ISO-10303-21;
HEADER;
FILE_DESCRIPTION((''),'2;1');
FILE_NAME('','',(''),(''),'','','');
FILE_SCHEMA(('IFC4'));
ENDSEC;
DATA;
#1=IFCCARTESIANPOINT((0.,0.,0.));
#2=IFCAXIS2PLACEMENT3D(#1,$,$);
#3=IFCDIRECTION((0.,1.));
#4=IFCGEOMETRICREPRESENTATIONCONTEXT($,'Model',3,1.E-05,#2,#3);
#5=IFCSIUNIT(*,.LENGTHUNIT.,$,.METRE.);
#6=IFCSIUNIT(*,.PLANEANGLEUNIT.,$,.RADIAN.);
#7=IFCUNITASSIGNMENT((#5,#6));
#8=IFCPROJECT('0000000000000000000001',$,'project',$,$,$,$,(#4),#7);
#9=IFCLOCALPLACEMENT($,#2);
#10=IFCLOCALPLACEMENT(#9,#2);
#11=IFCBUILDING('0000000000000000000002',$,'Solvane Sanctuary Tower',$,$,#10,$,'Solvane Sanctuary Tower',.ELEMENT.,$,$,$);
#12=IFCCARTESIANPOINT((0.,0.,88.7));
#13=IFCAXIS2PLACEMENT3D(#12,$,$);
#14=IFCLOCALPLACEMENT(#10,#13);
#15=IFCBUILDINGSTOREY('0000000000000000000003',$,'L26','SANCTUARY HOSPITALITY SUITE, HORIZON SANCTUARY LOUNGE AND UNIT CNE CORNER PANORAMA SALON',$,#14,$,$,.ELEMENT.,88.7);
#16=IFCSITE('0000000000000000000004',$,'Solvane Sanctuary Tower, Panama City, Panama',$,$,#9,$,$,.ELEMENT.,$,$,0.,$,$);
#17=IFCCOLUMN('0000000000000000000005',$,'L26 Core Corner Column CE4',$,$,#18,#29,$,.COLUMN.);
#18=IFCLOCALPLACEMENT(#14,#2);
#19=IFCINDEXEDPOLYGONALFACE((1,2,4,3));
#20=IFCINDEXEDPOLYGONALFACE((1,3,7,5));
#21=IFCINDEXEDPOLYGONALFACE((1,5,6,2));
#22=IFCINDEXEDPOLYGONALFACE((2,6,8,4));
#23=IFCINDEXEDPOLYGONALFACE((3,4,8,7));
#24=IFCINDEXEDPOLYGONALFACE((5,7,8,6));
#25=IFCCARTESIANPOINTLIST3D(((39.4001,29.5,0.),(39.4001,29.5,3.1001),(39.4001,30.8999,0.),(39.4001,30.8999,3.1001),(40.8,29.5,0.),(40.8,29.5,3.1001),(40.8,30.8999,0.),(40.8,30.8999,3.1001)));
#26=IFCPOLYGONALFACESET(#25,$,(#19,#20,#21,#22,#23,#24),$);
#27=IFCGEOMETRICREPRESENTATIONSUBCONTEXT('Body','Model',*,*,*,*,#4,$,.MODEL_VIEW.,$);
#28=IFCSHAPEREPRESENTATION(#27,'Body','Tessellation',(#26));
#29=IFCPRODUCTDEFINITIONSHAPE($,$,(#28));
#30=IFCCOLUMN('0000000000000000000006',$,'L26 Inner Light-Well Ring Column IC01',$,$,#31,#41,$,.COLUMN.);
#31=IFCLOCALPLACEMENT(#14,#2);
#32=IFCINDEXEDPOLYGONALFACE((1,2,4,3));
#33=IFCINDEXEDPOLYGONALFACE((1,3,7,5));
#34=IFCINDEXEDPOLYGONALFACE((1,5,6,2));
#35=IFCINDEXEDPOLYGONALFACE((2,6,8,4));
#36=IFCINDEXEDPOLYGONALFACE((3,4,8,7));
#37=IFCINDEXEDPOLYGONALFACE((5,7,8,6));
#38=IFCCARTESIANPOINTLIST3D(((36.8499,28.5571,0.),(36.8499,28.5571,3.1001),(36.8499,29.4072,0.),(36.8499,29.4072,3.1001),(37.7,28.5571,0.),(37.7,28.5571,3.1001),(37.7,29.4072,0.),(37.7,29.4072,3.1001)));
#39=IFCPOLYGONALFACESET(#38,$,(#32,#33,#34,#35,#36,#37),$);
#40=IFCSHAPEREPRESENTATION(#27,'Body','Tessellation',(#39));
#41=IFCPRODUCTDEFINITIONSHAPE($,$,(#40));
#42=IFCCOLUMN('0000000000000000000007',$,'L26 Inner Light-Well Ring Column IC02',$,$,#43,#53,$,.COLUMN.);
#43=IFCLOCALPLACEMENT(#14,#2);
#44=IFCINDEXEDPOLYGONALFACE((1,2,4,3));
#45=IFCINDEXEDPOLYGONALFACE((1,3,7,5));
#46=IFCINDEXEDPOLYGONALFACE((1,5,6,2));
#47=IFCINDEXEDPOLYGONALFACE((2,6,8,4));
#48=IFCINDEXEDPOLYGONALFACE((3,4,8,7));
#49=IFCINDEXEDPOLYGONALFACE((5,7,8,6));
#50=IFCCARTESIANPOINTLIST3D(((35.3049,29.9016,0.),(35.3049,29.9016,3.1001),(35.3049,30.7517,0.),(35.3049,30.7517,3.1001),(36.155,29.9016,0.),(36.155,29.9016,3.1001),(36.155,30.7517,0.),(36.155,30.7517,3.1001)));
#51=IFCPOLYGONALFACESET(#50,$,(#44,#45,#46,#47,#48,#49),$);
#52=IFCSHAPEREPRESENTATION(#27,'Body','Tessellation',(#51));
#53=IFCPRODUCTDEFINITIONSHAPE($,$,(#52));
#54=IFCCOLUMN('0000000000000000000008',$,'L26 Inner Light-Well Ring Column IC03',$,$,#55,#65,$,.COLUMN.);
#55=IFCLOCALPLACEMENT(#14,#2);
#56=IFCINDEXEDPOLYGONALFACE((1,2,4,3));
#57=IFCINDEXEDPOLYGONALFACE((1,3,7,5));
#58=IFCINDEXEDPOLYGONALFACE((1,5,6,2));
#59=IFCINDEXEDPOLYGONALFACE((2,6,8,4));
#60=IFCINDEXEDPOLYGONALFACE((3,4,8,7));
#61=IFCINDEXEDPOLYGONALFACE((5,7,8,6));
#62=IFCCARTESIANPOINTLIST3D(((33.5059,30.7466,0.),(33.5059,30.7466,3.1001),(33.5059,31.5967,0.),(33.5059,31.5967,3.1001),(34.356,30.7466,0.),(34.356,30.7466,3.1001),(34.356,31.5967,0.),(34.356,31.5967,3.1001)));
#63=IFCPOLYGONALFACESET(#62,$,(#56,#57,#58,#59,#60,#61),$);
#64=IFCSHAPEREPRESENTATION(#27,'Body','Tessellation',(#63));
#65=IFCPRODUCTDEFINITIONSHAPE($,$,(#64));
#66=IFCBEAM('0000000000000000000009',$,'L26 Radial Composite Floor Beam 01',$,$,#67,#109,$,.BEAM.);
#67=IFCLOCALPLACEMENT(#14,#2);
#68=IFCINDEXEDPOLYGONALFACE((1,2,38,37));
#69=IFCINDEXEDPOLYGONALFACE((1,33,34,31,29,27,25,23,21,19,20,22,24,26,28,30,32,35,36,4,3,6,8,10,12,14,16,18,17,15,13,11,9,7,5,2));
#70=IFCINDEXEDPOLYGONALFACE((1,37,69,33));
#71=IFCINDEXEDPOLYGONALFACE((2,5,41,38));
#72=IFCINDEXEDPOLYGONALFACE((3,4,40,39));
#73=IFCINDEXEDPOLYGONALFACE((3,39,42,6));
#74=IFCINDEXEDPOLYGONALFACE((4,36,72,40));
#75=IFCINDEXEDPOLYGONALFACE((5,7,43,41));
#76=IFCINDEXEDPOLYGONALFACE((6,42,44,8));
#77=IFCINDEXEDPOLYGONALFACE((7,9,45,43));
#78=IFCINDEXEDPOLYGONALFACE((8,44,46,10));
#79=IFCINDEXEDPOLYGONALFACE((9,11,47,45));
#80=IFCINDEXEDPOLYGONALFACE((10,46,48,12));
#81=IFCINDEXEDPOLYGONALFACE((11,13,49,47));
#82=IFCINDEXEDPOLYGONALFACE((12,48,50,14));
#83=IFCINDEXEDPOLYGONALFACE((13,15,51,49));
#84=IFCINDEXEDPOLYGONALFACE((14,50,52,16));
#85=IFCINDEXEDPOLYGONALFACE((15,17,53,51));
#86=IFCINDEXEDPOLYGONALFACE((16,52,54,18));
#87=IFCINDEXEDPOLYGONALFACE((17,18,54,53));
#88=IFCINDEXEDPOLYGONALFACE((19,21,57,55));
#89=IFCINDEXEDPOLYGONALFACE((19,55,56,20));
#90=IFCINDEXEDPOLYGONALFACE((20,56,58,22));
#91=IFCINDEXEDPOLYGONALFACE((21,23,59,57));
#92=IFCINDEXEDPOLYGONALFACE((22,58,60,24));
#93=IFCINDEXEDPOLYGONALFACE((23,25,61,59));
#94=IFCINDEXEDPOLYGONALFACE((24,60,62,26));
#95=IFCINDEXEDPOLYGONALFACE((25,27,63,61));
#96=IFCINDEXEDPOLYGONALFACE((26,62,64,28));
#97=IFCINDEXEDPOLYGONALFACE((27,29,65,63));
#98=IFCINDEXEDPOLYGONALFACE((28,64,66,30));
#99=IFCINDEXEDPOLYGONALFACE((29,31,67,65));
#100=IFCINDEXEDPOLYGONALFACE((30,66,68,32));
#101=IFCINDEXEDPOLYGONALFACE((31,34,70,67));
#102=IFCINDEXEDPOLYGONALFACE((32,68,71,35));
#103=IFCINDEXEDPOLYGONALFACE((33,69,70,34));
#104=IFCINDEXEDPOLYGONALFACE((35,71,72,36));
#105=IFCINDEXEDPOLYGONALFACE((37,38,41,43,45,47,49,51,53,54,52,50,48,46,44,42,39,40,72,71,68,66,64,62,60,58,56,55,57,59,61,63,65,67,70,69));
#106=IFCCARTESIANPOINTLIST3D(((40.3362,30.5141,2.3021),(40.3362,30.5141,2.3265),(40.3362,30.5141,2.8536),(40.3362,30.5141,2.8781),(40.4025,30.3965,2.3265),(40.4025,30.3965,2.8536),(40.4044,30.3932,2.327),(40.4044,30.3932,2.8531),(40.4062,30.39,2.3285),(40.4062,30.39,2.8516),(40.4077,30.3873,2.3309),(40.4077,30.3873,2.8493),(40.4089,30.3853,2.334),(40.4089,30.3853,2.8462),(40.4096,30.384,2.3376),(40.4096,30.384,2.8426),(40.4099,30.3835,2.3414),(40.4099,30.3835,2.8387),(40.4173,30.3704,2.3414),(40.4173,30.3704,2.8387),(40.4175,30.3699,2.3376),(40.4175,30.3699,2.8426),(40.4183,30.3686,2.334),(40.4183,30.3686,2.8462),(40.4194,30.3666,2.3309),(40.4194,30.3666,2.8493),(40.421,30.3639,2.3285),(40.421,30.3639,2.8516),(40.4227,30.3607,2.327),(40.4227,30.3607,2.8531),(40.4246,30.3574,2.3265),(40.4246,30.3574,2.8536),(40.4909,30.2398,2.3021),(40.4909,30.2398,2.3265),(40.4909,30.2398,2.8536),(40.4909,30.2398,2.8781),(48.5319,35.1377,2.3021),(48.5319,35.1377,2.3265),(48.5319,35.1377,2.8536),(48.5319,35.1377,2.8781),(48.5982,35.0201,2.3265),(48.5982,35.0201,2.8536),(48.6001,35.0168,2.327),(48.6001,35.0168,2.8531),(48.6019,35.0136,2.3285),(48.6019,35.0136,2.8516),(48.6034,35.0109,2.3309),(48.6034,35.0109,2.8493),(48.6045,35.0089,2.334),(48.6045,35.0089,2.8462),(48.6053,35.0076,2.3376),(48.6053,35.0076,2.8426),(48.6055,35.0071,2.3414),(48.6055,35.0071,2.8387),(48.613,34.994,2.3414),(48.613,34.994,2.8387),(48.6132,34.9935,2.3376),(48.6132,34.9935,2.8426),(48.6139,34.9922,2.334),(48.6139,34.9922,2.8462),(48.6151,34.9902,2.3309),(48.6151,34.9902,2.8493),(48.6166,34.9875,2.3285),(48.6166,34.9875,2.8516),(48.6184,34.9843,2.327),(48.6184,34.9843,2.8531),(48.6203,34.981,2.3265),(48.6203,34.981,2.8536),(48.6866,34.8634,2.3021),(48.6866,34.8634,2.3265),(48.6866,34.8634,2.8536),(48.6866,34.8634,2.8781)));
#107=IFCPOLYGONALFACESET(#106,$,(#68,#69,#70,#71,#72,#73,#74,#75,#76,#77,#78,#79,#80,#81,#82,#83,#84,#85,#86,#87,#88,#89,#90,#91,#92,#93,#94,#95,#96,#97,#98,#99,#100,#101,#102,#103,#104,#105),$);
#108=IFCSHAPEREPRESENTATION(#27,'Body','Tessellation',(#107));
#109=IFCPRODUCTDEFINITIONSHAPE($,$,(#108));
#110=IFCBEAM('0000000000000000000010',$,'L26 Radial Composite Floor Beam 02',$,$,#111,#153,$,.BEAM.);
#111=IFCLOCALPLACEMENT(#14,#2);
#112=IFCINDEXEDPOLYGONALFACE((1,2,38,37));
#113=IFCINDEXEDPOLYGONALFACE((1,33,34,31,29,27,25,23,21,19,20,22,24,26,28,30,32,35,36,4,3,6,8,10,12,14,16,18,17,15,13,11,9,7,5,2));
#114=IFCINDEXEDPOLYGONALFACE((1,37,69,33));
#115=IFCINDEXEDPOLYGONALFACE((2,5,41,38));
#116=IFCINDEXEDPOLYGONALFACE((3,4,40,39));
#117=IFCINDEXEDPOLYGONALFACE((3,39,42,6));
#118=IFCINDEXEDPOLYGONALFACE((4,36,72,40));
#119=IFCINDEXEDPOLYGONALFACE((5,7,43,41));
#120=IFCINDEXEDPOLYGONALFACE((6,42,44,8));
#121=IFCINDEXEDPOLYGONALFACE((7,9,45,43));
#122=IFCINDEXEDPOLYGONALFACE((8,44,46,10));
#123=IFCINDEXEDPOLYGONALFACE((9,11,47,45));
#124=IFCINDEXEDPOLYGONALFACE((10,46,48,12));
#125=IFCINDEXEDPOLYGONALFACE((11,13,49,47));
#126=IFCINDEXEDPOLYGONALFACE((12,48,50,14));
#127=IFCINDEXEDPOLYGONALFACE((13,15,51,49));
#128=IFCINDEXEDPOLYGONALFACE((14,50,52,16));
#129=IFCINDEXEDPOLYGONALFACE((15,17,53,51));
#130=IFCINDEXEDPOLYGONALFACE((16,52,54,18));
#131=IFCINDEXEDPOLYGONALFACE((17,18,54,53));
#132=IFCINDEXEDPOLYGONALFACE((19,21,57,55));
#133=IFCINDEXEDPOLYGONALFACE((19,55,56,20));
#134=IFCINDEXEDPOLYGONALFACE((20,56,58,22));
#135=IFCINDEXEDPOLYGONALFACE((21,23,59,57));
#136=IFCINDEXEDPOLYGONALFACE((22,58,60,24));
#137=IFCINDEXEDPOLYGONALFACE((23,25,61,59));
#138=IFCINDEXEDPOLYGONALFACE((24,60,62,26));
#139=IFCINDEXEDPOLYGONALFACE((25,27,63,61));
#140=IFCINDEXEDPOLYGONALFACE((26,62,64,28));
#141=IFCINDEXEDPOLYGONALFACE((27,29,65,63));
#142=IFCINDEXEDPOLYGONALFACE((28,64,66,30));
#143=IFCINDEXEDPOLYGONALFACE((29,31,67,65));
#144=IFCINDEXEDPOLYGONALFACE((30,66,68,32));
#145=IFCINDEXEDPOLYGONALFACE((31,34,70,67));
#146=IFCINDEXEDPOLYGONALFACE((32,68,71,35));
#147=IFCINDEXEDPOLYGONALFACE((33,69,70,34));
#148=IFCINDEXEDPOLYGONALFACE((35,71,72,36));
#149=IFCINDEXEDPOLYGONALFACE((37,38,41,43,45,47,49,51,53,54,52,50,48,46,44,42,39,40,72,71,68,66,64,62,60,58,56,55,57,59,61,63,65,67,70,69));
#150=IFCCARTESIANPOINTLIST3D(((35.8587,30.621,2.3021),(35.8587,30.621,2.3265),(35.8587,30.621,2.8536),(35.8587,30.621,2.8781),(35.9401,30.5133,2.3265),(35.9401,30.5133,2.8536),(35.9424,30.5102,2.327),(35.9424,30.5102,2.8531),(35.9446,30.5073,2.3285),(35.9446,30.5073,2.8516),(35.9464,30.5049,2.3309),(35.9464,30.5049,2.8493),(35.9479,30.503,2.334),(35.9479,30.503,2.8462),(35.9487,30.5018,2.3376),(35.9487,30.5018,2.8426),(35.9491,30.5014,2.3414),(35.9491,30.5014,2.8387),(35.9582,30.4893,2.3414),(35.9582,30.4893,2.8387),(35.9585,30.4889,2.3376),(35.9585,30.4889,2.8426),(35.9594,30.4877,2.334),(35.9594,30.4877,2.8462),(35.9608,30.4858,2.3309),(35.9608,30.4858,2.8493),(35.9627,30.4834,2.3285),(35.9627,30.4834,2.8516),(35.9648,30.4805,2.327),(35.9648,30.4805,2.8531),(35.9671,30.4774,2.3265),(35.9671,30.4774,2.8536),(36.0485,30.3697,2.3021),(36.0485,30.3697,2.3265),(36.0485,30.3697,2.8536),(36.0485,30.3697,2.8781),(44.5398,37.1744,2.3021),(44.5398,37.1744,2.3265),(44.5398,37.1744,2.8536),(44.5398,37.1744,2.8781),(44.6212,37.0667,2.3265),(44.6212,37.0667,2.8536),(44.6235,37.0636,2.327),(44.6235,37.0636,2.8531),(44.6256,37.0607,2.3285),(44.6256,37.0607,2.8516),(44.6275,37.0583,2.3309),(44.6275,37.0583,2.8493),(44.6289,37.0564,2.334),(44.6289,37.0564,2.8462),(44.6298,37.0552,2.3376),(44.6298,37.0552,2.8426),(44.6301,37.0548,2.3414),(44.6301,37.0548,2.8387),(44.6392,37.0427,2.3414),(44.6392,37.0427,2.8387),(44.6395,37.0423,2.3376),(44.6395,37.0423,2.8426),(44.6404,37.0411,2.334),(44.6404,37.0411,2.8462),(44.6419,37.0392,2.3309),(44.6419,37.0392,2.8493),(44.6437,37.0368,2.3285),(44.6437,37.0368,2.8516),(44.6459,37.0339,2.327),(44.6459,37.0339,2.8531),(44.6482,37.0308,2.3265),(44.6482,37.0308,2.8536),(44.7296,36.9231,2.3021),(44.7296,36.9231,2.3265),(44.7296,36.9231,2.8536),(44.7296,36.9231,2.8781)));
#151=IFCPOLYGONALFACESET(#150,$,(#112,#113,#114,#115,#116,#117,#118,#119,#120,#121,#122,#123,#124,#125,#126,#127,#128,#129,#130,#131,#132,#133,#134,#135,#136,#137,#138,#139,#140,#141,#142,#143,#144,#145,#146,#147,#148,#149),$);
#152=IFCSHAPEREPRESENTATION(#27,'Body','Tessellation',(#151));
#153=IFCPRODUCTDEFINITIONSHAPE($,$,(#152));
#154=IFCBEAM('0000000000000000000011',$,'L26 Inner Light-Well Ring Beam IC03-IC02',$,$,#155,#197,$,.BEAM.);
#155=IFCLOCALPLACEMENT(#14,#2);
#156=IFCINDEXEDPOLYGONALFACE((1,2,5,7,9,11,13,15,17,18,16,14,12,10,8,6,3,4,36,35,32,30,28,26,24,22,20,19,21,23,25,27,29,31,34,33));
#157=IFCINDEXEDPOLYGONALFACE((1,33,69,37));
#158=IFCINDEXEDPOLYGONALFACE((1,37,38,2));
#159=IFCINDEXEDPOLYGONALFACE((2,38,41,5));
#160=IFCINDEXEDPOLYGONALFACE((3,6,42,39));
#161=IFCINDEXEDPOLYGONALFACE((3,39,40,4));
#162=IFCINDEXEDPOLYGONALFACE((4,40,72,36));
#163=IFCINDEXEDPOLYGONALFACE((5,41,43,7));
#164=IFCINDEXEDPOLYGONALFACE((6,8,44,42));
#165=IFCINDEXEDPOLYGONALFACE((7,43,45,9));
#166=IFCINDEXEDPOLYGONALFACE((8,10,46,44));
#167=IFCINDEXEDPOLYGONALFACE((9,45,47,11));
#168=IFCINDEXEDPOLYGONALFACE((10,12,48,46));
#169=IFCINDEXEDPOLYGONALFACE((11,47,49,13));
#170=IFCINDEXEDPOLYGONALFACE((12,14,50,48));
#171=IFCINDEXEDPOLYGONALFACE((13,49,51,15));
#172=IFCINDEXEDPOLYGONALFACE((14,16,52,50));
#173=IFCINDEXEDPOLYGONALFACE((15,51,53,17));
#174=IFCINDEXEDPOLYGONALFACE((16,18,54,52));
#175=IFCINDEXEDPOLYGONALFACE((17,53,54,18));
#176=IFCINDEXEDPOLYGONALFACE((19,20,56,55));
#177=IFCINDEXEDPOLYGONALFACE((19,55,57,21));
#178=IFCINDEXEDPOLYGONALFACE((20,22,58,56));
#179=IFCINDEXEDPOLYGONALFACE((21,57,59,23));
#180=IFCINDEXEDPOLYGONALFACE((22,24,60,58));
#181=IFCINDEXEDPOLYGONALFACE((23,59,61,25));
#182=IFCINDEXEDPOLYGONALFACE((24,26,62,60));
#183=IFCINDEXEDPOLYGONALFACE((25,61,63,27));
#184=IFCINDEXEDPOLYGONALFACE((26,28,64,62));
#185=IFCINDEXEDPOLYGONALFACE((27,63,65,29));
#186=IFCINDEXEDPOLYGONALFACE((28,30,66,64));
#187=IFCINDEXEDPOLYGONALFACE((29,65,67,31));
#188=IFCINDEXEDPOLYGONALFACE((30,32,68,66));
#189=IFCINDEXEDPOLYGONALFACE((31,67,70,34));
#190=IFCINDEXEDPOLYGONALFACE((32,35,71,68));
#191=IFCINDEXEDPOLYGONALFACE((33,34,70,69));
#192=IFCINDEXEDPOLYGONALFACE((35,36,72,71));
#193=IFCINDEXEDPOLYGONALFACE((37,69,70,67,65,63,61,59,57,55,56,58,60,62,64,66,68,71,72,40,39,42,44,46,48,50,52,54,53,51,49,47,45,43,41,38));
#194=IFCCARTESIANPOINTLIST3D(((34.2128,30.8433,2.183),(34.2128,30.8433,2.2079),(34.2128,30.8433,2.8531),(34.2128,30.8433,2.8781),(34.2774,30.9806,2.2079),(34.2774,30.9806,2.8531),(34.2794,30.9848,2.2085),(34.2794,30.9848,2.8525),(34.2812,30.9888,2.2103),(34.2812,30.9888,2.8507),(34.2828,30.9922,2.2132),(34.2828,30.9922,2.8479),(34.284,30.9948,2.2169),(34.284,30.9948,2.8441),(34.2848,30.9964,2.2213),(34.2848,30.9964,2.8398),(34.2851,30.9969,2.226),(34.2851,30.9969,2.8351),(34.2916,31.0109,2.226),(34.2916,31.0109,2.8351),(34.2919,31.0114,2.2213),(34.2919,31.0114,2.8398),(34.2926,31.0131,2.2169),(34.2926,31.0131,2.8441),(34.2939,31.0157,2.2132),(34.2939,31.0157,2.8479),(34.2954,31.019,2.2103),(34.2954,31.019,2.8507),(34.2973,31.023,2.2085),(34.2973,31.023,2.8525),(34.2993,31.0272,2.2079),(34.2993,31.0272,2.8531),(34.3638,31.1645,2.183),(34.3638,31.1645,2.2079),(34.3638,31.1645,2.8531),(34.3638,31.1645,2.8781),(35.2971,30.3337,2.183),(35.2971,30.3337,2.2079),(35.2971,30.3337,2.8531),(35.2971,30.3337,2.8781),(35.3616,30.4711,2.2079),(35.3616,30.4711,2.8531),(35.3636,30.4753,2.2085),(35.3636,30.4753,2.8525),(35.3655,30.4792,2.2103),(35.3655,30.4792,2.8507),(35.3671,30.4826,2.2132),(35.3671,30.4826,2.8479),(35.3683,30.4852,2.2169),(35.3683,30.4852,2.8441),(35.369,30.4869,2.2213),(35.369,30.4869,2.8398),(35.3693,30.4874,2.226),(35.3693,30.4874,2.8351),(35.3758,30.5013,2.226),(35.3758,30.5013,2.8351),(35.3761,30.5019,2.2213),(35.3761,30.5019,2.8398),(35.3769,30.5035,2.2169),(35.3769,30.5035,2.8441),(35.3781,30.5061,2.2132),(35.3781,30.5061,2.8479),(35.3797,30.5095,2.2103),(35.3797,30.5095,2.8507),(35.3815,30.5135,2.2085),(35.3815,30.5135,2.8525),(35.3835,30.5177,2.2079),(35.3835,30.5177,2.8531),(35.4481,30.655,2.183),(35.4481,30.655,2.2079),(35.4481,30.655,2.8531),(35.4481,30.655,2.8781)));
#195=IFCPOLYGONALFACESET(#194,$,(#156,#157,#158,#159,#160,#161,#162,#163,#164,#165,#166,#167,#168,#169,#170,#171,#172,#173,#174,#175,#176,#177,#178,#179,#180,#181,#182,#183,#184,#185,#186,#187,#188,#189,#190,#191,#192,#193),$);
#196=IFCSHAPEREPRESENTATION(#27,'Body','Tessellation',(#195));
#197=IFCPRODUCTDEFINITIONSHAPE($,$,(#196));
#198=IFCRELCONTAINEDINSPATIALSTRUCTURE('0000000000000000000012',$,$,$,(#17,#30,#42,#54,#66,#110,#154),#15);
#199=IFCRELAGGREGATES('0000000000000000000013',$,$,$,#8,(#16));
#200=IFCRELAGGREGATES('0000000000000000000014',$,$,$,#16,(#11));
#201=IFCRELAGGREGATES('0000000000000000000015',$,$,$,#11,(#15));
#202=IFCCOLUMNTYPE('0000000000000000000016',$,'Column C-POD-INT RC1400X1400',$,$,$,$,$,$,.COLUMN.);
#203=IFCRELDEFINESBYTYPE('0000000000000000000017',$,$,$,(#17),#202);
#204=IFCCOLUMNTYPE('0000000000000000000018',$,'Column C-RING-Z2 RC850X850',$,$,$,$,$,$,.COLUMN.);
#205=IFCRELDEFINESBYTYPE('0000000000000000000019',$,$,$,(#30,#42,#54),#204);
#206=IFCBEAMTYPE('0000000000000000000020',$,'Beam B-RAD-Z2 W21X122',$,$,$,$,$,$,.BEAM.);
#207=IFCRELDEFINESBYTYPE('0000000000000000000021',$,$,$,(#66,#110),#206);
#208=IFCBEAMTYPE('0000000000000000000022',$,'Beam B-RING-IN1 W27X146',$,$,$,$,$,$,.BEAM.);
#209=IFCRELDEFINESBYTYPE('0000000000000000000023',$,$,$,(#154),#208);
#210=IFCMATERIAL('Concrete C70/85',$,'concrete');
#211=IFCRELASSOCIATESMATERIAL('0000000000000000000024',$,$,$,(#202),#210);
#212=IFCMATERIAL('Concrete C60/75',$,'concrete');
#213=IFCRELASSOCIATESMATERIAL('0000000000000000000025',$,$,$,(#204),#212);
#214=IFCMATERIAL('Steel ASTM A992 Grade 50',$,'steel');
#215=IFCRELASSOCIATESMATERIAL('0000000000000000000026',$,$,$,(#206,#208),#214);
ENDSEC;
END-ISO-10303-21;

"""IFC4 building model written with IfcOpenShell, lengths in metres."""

from ifc_helpers import new_model, si_unit, direction, frame, origin, origin_2d, place, context, subcontext, project, spatial, rectangle, i_section, extrude, material, material_profile, profile_set, type_object, element, save


model = new_model("IFC4")

# Units and contexts
model_context = context("Model", 3, precision=1e-05, world=origin(), true_north=direction((0.0, 1.0)))
body_context = subcontext(model_context, "Body", "Model", "MODEL_VIEW")
ifc_project = project(units=[si_unit("LENGTHUNIT", "METRE"), si_unit("PLANEANGLEUNIT", "RADIAN")], contexts=[model_context])

# Site, building, storey
site_placement = place(None, origin())
site = spatial("IfcSite", under=ifc_project, at=site_placement, Name="Solvane Sanctuary Tower, Panama City, Panama", CompositionType="ELEMENT", RefElevation=0.0)
building_placement = place(site_placement, origin())
building = spatial("IfcBuilding", under=site, at=building_placement, Name="Solvane Sanctuary Tower", LongName="Solvane Sanctuary Tower", CompositionType="ELEMENT")
storey_placement = place(building_placement, frame((0.0, 0.0, 88.7)))
storey = spatial("IfcBuildingStorey", under=building, at=storey_placement, Name="L26", Description="SANCTUARY HOSPITALITY SUITE, HORIZON SANCTUARY LOUNGE AND UNIT CNE CORNER PANORAMA SALON", CompositionType="ELEMENT", Elevation=88.7)

# Columns
ifc_material_1 = material(Name="Concrete C70/85", Category="concrete")
ifc_material_profile_1 = material_profile(ifc_material_1, rectangle(XDim=1.3999, YDim=1.3999, at=origin_2d()), Name="RC1400X1400")
ifc_profile_set_1 = profile_set([ifc_material_profile_1], Name="Concrete C70/85")
column_type_1 = type_object("IfcColumnType", Name="Column C-POD-INT RC1400X1400", PredefinedType="COLUMN", material=ifc_profile_set_1)
column_placement = place(storey_placement, frame((40.1001, 30.2, 0.0), z_axis=(0.0, 0.0, 1.0), x_axis=(1.0, 0.0, 0.0)))
element("IfcColumn", 1, at=column_placement, inside=storey, type_object=column_type_1, Name="L26 Core Corner Column CE4", PredefinedType="COLUMN", context=body_context, shape_type="SweptSolid", body=[
    extrude(rectangle(XDim=1.3999, YDim=1.3999, at=origin_2d()), origin(), (0.0, 0.0, 1.0), 3.1001),
])
ifc_material_2 = material(Name="Concrete C60/75", Category="concrete")
ifc_material_profile_2 = material_profile(ifc_material_2, rectangle(XDim=0.8501, YDim=0.8501, at=origin_2d()), Name="RC850X850")
ifc_profile_set_2 = profile_set([ifc_material_profile_2], Name="Concrete C60/75")
column_type_2 = type_object("IfcColumnType", Name="Column C-RING-Z2 RC850X850", PredefinedType="COLUMN", material=ifc_profile_set_2)
for number, where, z_axis, x_axis, name in (
    (2, (37.2749, 28.9822, 0.0), (0.0, 0.0, 1.0), (1.0, 0.0, 0.0), "L26 Inner Light-Well Ring Column IC01"),
    (3, (35.73, 30.3267, 0.0), (0.0, 0.0, 1.0), (1.0, 0.0, 0.0), "L26 Inner Light-Well Ring Column IC02"),
    (4, (33.9309, 31.1716, 0.0), (0.0, 0.0, 1.0), (1.0, 0.0, 0.0), "L26 Inner Light-Well Ring Column IC03"),
):
    element("IfcColumn", number, at=place(storey_placement, frame(where, z_axis=z_axis, x_axis=x_axis)), inside=storey, type_object=column_type_2, Name=name, PredefinedType="COLUMN", context=body_context, shape_type="SweptSolid", body=[
        extrude(rectangle(XDim=0.8501, YDim=0.8501, at=origin_2d()), origin(), (0.0, 0.0, 1.0), 3.1001),
    ])

# Beams
ifc_material_3 = material(Name="Steel ASTM A992 Grade 50", Category="steel")
ifc_material_profile_3 = material_profile(ifc_material_3, i_section(OverallWidth=0.3149, OverallDepth=0.5759, WebThickness=0.0151, FlangeThickness=0.0244, FilletRadius=0.0149, at=origin_2d()), Name="W21X122")
ifc_profile_set_3 = profile_set([ifc_material_profile_3], Name="Steel ASTM A992 Grade 50")
beam_type_1 = type_object("IfcBeamType", Name="Beam B-RAD-Z2 W21X122", PredefinedType="BEAM", material=ifc_profile_set_3)
beam_1_placement = place(storey_placement, frame((40.4136, 30.377, 2.5901), z_axis=(0.87096, 0.491353, 0.0), x_axis=(-0.491353, 0.87096, 0.0)))
element("IfcBeam", 5, at=beam_1_placement, inside=storey, type_object=beam_type_1, Name="L26 Radial Composite Floor Beam 01", PredefinedType="BEAM", context=body_context, shape_type="SweptSolid", body=[
    extrude(i_section(OverallWidth=0.3149, OverallDepth=0.5759, WebThickness=0.0151, FlangeThickness=0.0244, FilletRadius=0.0149, at=origin_2d()), origin(), (0.0, 0.0, 1.0), 9.4099),
])
beam_2_placement = place(storey_placement, frame((35.9536, 30.4954, 2.5901), z_axis=(0.798116, 0.602504, 0.0), x_axis=(-0.602504, 0.798116, 0.0)))
element("IfcBeam", 6, at=beam_2_placement, inside=storey, type_object=beam_type_1, Name="L26 Radial Composite Floor Beam 02", PredefinedType="BEAM", context=body_context, shape_type="SweptSolid", body=[
    extrude(i_section(OverallWidth=0.3149, OverallDepth=0.5759, WebThickness=0.0151, FlangeThickness=0.0244, FilletRadius=0.0149, at=origin_2d()), origin(), (0.0, 0.0, 1.0), 10.877),
])
ifc_material_profile_4 = material_profile(ifc_material_3, i_section(OverallWidth=0.355, OverallDepth=0.6951, WebThickness=0.0154, FlangeThickness=0.0249, FilletRadius=0.0181, at=origin_2d()), Name="W27X146")
ifc_profile_set_4 = profile_set([ifc_material_profile_4], Name="Steel ASTM A992 Grade 50")
beam_type_2 = type_object("IfcBeamType", Name="Beam B-RING-IN1 W27X146", PredefinedType="BEAM", material=ifc_profile_set_4)
beam_3_placement = place(storey_placement, frame((34.2883, 31.0039, 2.5305), z_axis=(0.905045, -0.425316, 0.0), x_axis=(0.425316, 0.905045, 0.0)))
element("IfcBeam", 7, at=beam_3_placement, inside=storey, type_object=beam_type_2, Name="L26 Inner Light-Well Ring Beam IC03-IC02", PredefinedType="BEAM", context=body_context, shape_type="SweptSolid", body=[
    extrude(i_section(OverallWidth=0.355, OverallDepth=0.6951, WebThickness=0.0154, FlangeThickness=0.0249, FilletRadius=0.0181, at=origin_2d()), origin(), (0.0, 0.0, 1.0), 1.198),
])

save(model, "model.ifc")
